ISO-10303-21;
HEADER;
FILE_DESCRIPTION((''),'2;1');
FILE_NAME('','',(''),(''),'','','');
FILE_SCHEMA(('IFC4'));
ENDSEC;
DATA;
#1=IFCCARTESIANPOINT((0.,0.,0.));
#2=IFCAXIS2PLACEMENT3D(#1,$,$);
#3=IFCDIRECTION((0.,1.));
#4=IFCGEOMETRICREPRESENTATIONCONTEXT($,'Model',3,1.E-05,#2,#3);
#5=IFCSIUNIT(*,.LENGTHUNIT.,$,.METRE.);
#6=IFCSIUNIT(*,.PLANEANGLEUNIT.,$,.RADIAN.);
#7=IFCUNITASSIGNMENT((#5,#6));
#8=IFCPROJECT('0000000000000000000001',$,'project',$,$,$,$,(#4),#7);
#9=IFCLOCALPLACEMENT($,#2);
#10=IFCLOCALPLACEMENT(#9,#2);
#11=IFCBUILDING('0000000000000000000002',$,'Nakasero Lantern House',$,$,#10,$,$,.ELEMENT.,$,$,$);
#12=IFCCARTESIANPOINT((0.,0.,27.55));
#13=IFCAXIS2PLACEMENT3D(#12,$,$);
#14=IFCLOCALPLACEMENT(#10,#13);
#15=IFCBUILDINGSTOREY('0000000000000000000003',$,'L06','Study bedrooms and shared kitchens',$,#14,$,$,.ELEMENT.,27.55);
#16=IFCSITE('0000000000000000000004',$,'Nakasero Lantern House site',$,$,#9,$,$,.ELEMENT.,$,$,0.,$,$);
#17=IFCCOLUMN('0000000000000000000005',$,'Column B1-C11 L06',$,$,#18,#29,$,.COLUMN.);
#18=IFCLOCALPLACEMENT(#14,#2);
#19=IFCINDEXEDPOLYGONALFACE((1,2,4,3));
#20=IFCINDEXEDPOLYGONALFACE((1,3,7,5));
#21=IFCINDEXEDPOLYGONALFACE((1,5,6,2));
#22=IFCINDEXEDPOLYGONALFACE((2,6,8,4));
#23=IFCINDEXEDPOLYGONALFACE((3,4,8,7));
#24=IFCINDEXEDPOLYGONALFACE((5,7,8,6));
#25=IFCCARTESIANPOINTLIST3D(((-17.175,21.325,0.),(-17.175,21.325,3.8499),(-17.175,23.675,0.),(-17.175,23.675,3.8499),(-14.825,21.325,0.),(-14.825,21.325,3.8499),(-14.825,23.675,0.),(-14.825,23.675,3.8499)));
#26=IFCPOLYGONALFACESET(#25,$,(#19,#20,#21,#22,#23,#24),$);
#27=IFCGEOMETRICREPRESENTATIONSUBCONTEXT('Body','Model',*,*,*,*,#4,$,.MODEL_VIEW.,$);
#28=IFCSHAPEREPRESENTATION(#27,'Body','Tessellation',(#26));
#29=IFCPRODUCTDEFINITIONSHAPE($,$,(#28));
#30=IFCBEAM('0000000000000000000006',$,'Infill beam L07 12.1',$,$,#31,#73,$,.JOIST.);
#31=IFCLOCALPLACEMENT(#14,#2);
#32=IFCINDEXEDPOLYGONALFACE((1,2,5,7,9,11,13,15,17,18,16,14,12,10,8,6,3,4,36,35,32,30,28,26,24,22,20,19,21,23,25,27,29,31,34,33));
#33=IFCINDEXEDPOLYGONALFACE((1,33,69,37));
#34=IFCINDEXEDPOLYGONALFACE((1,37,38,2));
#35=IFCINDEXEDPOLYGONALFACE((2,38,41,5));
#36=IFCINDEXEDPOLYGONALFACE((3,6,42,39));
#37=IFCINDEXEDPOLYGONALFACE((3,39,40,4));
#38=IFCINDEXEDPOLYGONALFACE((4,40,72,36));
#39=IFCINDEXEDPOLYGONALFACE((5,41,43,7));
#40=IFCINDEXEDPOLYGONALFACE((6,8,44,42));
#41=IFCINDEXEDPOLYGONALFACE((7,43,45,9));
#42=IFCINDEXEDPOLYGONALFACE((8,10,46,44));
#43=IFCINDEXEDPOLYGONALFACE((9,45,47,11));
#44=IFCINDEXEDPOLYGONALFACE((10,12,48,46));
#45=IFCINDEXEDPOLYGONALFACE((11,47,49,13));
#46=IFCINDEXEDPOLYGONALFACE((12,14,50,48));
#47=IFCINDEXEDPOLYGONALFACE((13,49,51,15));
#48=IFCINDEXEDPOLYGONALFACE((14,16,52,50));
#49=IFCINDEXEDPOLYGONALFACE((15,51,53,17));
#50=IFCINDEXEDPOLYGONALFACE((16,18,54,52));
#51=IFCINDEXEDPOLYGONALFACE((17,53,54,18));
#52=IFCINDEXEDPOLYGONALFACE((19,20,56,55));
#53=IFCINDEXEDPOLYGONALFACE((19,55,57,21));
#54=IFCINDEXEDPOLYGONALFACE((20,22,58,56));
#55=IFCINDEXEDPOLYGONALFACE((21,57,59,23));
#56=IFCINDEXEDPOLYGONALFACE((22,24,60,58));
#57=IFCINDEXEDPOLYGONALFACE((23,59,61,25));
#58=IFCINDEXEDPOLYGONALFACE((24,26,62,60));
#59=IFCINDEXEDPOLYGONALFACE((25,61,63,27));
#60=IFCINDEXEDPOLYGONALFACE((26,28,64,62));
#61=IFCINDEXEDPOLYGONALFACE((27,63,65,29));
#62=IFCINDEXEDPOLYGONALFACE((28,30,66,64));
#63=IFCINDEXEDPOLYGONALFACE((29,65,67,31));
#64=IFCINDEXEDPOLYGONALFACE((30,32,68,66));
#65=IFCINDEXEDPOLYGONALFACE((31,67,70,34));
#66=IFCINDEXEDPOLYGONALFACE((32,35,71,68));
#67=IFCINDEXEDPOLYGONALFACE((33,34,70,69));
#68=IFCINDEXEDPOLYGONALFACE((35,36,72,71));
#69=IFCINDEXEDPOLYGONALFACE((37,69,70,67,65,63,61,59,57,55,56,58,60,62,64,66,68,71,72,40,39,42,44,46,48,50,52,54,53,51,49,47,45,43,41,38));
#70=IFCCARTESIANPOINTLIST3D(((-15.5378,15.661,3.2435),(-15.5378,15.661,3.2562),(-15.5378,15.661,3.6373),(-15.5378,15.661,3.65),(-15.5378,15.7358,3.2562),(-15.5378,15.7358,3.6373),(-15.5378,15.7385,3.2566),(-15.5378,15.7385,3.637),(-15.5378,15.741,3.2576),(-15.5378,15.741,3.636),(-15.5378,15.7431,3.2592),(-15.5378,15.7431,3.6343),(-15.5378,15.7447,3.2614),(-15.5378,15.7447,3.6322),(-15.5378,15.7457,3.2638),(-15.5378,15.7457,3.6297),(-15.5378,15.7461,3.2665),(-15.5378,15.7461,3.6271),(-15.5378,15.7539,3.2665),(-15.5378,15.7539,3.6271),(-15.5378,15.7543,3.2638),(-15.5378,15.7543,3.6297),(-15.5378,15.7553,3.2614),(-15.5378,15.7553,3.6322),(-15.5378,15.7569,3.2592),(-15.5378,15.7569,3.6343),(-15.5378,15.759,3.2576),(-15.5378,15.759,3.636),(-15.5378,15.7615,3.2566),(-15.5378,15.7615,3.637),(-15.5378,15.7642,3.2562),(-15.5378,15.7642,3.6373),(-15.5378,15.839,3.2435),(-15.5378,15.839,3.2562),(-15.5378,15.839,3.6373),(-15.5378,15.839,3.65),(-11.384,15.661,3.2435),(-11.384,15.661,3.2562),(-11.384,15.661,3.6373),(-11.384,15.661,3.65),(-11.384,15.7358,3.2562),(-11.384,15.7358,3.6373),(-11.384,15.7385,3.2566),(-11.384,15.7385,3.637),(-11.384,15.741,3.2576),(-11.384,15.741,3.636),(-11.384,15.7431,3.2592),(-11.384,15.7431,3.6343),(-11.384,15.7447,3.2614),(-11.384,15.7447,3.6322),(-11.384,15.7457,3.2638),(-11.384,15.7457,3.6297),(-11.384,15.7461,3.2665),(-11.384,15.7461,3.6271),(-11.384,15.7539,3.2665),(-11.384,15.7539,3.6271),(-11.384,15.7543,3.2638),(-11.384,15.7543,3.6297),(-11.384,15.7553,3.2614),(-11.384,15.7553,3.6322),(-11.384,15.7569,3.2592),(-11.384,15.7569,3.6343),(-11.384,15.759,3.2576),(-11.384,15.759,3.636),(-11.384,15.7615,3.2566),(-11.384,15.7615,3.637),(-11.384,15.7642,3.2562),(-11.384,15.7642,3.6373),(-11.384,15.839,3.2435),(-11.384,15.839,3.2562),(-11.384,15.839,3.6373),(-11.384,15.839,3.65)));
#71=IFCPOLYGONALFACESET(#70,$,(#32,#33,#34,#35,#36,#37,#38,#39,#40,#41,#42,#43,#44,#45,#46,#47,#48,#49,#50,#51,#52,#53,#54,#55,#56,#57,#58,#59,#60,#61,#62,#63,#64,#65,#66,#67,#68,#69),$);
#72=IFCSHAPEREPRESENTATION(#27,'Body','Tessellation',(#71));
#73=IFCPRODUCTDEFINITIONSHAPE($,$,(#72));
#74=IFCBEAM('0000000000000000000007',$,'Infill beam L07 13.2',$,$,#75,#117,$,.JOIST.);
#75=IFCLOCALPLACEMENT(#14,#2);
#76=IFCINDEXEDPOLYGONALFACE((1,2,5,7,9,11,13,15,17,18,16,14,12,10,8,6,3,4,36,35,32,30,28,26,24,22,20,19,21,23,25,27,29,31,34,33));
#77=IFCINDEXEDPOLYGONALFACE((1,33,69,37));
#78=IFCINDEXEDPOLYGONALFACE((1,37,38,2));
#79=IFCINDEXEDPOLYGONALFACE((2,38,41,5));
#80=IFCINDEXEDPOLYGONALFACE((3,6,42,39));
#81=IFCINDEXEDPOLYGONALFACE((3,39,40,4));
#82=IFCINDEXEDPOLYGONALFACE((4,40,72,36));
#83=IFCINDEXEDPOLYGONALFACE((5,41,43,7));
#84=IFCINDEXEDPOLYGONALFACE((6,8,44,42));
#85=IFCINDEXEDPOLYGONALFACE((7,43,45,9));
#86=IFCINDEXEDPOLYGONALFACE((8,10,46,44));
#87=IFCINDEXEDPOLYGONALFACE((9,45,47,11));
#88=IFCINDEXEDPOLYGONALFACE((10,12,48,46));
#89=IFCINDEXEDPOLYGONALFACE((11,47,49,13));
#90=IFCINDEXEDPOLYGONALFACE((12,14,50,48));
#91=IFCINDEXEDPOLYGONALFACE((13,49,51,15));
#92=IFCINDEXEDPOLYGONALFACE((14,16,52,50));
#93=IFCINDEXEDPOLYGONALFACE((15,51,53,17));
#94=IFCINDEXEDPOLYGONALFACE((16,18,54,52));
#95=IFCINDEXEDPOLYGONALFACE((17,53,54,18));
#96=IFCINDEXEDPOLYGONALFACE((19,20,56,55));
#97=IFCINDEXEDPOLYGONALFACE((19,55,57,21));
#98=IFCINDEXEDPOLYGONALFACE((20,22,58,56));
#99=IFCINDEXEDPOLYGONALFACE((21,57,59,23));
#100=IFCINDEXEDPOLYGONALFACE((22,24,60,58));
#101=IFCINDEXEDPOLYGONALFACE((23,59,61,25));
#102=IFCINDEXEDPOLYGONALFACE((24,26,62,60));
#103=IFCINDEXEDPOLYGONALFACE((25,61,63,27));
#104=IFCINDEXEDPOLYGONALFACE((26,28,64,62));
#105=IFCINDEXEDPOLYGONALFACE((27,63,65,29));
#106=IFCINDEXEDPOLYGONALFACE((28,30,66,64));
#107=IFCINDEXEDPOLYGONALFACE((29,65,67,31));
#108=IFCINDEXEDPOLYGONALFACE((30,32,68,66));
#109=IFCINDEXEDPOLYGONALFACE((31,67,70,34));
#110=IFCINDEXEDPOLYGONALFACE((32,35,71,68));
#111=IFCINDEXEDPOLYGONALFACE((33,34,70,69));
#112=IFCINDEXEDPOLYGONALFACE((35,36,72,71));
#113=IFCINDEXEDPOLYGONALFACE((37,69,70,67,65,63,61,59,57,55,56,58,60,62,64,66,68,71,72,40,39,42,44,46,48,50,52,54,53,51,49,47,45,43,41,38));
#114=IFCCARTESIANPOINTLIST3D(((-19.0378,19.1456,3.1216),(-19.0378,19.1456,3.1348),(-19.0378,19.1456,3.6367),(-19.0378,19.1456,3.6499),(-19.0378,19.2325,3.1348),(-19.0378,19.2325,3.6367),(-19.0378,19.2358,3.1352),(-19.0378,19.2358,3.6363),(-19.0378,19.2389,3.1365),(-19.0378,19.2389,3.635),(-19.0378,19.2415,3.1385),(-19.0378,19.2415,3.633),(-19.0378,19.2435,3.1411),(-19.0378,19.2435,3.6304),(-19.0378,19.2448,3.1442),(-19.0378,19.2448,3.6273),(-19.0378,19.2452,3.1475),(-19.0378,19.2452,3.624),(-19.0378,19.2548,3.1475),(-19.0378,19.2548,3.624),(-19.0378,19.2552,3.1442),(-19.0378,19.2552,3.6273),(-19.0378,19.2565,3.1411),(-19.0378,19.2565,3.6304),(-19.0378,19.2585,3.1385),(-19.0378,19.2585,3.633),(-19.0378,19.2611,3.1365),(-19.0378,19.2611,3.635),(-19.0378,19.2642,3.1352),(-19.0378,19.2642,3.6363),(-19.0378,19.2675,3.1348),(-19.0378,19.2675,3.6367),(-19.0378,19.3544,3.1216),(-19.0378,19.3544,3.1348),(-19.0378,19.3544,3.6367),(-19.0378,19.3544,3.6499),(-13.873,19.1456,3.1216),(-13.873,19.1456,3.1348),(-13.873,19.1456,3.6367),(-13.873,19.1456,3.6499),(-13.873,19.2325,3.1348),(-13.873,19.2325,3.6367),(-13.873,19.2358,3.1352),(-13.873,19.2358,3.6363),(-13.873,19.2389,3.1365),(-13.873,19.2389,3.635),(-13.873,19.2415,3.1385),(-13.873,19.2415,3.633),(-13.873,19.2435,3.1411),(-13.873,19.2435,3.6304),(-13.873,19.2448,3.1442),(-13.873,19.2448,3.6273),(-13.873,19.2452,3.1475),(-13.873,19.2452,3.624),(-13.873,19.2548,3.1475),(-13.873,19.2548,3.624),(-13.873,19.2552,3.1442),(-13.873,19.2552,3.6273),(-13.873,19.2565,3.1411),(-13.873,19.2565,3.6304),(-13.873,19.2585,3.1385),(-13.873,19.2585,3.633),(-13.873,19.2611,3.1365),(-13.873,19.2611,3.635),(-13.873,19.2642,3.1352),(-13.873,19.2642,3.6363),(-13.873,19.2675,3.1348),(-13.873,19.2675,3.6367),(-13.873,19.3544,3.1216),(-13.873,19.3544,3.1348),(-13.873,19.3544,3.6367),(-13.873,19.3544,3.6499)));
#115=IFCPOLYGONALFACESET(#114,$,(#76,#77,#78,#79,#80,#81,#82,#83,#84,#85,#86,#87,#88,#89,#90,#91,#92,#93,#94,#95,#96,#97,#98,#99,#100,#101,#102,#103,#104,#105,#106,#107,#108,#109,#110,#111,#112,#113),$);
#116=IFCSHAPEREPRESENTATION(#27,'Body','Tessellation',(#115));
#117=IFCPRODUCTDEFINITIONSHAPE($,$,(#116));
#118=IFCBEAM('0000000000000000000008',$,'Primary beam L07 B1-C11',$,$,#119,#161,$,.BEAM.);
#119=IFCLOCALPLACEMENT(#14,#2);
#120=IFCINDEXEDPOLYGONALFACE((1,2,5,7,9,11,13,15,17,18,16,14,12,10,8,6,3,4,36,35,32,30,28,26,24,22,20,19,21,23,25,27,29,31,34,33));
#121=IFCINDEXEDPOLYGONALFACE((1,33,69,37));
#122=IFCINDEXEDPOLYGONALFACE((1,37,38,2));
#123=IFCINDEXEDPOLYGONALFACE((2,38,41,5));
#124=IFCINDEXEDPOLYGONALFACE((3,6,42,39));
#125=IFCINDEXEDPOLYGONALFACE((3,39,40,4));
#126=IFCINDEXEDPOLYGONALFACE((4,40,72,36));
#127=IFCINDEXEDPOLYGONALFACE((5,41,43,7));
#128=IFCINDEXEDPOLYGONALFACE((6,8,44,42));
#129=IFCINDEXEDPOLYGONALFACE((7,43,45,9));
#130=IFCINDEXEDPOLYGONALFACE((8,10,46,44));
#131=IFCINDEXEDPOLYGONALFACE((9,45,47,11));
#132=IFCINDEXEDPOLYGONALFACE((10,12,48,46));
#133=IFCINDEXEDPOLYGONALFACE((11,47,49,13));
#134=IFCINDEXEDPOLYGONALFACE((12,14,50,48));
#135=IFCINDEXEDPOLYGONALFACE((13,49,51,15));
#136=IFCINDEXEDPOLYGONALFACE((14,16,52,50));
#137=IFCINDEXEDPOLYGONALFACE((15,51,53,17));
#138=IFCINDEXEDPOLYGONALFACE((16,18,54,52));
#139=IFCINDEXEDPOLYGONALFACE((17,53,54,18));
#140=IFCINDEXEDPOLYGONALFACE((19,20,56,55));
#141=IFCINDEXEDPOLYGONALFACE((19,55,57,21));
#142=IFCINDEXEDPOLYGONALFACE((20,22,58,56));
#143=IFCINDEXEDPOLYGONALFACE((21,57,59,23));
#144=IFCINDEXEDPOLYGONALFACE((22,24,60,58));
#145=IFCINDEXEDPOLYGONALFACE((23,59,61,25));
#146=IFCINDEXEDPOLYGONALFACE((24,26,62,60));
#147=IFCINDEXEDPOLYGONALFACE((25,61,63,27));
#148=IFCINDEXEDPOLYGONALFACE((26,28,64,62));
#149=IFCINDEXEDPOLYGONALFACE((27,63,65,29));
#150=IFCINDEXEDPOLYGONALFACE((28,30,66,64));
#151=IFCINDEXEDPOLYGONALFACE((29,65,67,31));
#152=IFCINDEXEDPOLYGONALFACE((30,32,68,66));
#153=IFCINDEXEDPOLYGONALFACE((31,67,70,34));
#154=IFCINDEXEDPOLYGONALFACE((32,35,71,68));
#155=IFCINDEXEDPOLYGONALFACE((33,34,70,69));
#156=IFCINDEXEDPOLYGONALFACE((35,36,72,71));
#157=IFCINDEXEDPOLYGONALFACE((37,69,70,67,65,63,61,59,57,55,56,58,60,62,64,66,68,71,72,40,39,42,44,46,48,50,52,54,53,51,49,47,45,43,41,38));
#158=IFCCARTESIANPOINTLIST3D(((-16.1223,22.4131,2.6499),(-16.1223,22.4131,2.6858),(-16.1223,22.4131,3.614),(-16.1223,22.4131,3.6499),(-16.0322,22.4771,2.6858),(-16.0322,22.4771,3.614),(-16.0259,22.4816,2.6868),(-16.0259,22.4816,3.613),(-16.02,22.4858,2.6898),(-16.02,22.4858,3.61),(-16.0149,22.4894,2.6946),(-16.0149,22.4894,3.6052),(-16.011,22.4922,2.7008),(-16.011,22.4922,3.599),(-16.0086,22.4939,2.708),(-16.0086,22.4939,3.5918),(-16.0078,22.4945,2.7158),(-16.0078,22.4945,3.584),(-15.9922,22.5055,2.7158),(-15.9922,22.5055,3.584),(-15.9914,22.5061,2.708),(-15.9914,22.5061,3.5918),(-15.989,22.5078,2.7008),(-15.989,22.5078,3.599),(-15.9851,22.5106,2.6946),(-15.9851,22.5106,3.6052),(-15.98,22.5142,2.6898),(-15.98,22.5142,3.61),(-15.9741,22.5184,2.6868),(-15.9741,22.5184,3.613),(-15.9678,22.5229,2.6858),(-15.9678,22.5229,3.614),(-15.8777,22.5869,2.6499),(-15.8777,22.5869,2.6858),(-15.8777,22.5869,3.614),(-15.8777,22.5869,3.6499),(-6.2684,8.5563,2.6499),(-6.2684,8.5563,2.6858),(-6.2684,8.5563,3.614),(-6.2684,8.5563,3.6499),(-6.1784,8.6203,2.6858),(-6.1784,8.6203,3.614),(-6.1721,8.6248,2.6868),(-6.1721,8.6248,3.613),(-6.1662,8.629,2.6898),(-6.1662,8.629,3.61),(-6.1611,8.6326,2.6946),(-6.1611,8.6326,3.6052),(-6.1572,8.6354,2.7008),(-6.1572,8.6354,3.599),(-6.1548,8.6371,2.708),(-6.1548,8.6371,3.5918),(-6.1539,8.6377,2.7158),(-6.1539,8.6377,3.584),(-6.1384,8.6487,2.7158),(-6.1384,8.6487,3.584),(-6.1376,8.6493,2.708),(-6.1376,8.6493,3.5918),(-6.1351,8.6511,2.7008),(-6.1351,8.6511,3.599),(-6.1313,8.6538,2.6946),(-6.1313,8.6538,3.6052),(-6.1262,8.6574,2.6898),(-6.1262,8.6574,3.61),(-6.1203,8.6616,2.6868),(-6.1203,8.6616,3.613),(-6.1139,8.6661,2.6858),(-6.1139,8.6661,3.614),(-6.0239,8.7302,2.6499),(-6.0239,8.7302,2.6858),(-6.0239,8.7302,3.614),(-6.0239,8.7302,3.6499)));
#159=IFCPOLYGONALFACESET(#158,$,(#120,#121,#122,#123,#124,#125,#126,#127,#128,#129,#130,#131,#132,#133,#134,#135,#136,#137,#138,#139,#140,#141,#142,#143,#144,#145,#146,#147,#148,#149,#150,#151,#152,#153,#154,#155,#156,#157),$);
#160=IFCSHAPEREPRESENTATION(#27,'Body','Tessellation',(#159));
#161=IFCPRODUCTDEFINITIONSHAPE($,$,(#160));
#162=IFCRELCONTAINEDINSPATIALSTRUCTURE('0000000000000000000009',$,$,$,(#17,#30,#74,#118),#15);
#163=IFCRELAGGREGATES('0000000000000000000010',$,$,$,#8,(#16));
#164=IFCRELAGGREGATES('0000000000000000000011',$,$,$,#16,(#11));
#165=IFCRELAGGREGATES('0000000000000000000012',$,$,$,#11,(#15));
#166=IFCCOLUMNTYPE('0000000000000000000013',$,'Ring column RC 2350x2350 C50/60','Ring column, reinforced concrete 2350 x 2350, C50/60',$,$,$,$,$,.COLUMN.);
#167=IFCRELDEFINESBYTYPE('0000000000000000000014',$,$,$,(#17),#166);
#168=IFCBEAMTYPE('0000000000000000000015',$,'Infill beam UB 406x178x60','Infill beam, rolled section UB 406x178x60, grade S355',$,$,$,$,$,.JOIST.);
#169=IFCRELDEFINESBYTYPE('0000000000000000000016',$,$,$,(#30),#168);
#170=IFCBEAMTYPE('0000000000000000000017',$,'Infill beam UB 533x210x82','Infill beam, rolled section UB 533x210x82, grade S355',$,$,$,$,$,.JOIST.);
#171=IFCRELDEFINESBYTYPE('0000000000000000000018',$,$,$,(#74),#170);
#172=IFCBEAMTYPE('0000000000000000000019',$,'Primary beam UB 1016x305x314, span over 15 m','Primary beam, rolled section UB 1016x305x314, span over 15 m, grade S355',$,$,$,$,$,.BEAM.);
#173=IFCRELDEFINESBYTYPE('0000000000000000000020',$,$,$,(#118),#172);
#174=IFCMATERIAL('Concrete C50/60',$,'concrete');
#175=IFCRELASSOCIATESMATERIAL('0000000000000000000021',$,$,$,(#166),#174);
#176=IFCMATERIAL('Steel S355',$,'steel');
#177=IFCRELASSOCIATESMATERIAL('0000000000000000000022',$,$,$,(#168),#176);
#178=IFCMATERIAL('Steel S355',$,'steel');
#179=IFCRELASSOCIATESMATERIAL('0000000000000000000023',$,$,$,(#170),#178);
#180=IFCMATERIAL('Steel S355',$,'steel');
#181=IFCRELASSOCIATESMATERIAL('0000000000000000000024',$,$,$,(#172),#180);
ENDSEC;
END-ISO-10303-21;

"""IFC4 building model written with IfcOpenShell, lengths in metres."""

from ifc_helpers import new_model, si_unit, direction, frame, origin, origin_2d, place, context, subcontext, project, spatial, rectangle, i_section, extrude, material, material_profile, profile_set, type_object, element, save


model = new_model("IFC4")

# Units and contexts
model_context = context("Model", 3, precision=1e-05, world=origin(), true_north=direction((0.0, 1.0)))
body_context = subcontext(model_context, "Body", "Model", "MODEL_VIEW")
ifc_project = project(units=[si_unit("LENGTHUNIT", "METRE"), si_unit("PLANEANGLEUNIT", "RADIAN")], contexts=[model_context])

# Site, building, storey
site_placement = place(None, origin())
site = spatial("IfcSite", under=ifc_project, at=site_placement, Name="Nakasero Lantern House site", CompositionType="ELEMENT", RefElevation=0.0)
building_placement = place(site_placement, origin())
building = spatial("IfcBuilding", under=site, at=building_placement, Name="Nakasero Lantern House", CompositionType="ELEMENT")
storey_placement = place(building_placement, frame((0.0, 0.0, 27.55)))
storey = spatial("IfcBuildingStorey", under=building, at=storey_placement, Name="L06", Description="Study bedrooms and shared kitchens", CompositionType="ELEMENT", Elevation=27.55)

# Column
ifc_material_1 = material(Name="Concrete C50/60", Category="concrete")
ifc_material_profile_1 = material_profile(ifc_material_1, rectangle(XDim=2.3501, YDim=2.3501, at=origin_2d()), Name="RC 2350x2350")
ifc_profile_set_1 = profile_set([ifc_material_profile_1], Name="Concrete C50/60")
column_type = type_object("IfcColumnType", Name="Ring column RC 2350x2350 C50/60", Description="Ring column, reinforced concrete 2350 x 2350, C50/60", PredefinedType="COLUMN", material=ifc_profile_set_1)
column_placement = place(storey_placement, frame((-16.0, 22.5, 0.0), z_axis=(0.0, 0.0, 1.0), x_axis=(1.0, 0.0, 0.0)))
element("IfcColumn", 1, at=column_placement, inside=storey, type_object=column_type, Name="Column B1-C11 L06", PredefinedType="COLUMN", context=body_context, shape_type="SweptSolid", body=[
    extrude(rectangle(XDim=2.3501, YDim=2.3501, at=origin_2d()), origin(), (0.0, 0.0, 1.0), 3.8499),
])

# Beams
ifc_material_2 = material(Name="Steel S355", Category="steel")
ifc_material_profile_2 = material_profile(ifc_material_2, i_section(OverallWidth=0.178, OverallDepth=0.4065, WebThickness=0.0078, FlangeThickness=0.0127, FilletRadius=0.0103, at=origin_2d()), Name="UB 406x178x60")
ifc_profile_set_2 = profile_set([ifc_material_profile_2], Name="Steel S355")
beam_type_1 = type_object("IfcBeamType", Name="Infill beam UB 406x178x60", Description="Infill beam, rolled section UB 406x178x60, grade S355", PredefinedType="JOIST", material=ifc_profile_set_2)
beam_1_placement = place(storey_placement, frame((-15.5378, 15.75, 3.4468), z_axis=(1.0, 0.0, 0.0), x_axis=(0.0, 1.0, 0.0)))
element("IfcBeam", 2, at=beam_1_placement, inside=storey, type_object=beam_type_1, Name="Infill beam L07 12.1", PredefinedType="JOIST", context=body_context, shape_type="SweptSolid", body=[
    extrude(i_section(OverallWidth=0.178, OverallDepth=0.4065, WebThickness=0.0078, FlangeThickness=0.0127, FilletRadius=0.0103, at=origin_2d()), origin(), (0.0, 0.0, 1.0), 4.1538),
])
ifc_material_3 = material(Name="Steel S355", Category="steel")
ifc_material_profile_3 = material_profile(ifc_material_3, i_section(OverallWidth=0.2087, OverallDepth=0.5283, WebThickness=0.0095, FlangeThickness=0.0132, FilletRadius=0.0127, at=origin_2d()), Name="UB 533x210x82")
ifc_profile_set_3 = profile_set([ifc_material_profile_3], Name="Steel S355")
beam_type_2 = type_object("IfcBeamType", Name="Infill beam UB 533x210x82", Description="Infill beam, rolled section UB 533x210x82, grade S355", PredefinedType="JOIST", material=ifc_profile_set_3)
beam_2_placement = place(storey_placement, frame((-19.0378, 19.25, 3.3857), z_axis=(1.0, 0.0, 0.0), x_axis=(0.0, 1.0, 0.0)))
element("IfcBeam", 3, at=beam_2_placement, inside=storey, type_object=beam_type_2, Name="Infill beam L07 13.2", PredefinedType="JOIST", context=body_context, shape_type="SweptSolid", body=[
    extrude(i_section(OverallWidth=0.2087, OverallDepth=0.5283, WebThickness=0.0095, FlangeThickness=0.0132, FilletRadius=0.0127, at=origin_2d()), origin(), (0.0, 0.0, 1.0), 5.1648),
])
ifc_material_4 = material(Name="Steel S355", Category="steel")
ifc_material_profile_4 = material_profile(ifc_material_4, i_section(OverallWidth=0.3, OverallDepth=1.0, WebThickness=0.019, FlangeThickness=0.0359, FilletRadius=0.03, at=origin_2d()), Name="UB 1016x305x314")
ifc_profile_set_4 = profile_set([ifc_material_profile_4], Name="Steel S355")
beam_type_3 = type_object("IfcBeamType", Name="Primary beam UB 1016x305x314, span over 15 m", Description="Primary beam, rolled section UB 1016x305x314, span over 15 m, grade S355", PredefinedType="BEAM", material=ifc_profile_set_4)
beam_3_placement = place(storey_placement, frame((-16.0, 22.5, 3.1499), z_axis=(0.579528, -0.814952, 0.0), x_axis=(0.814952, 0.579528, 0.0)))
element("IfcBeam", 4, at=beam_3_placement, inside=storey, type_object=beam_type_3, Name="Primary beam L07 B1-C11", PredefinedType="BEAM", context=body_context, shape_type="SweptSolid", body=[
    extrude(i_section(OverallWidth=0.3, OverallDepth=1.0, WebThickness=0.019, FlangeThickness=0.0359, FilletRadius=0.03, at=origin_2d()), origin(), (0.0, 0.0, 1.0), 17.0032),
])

save(model, "model.ifc")
